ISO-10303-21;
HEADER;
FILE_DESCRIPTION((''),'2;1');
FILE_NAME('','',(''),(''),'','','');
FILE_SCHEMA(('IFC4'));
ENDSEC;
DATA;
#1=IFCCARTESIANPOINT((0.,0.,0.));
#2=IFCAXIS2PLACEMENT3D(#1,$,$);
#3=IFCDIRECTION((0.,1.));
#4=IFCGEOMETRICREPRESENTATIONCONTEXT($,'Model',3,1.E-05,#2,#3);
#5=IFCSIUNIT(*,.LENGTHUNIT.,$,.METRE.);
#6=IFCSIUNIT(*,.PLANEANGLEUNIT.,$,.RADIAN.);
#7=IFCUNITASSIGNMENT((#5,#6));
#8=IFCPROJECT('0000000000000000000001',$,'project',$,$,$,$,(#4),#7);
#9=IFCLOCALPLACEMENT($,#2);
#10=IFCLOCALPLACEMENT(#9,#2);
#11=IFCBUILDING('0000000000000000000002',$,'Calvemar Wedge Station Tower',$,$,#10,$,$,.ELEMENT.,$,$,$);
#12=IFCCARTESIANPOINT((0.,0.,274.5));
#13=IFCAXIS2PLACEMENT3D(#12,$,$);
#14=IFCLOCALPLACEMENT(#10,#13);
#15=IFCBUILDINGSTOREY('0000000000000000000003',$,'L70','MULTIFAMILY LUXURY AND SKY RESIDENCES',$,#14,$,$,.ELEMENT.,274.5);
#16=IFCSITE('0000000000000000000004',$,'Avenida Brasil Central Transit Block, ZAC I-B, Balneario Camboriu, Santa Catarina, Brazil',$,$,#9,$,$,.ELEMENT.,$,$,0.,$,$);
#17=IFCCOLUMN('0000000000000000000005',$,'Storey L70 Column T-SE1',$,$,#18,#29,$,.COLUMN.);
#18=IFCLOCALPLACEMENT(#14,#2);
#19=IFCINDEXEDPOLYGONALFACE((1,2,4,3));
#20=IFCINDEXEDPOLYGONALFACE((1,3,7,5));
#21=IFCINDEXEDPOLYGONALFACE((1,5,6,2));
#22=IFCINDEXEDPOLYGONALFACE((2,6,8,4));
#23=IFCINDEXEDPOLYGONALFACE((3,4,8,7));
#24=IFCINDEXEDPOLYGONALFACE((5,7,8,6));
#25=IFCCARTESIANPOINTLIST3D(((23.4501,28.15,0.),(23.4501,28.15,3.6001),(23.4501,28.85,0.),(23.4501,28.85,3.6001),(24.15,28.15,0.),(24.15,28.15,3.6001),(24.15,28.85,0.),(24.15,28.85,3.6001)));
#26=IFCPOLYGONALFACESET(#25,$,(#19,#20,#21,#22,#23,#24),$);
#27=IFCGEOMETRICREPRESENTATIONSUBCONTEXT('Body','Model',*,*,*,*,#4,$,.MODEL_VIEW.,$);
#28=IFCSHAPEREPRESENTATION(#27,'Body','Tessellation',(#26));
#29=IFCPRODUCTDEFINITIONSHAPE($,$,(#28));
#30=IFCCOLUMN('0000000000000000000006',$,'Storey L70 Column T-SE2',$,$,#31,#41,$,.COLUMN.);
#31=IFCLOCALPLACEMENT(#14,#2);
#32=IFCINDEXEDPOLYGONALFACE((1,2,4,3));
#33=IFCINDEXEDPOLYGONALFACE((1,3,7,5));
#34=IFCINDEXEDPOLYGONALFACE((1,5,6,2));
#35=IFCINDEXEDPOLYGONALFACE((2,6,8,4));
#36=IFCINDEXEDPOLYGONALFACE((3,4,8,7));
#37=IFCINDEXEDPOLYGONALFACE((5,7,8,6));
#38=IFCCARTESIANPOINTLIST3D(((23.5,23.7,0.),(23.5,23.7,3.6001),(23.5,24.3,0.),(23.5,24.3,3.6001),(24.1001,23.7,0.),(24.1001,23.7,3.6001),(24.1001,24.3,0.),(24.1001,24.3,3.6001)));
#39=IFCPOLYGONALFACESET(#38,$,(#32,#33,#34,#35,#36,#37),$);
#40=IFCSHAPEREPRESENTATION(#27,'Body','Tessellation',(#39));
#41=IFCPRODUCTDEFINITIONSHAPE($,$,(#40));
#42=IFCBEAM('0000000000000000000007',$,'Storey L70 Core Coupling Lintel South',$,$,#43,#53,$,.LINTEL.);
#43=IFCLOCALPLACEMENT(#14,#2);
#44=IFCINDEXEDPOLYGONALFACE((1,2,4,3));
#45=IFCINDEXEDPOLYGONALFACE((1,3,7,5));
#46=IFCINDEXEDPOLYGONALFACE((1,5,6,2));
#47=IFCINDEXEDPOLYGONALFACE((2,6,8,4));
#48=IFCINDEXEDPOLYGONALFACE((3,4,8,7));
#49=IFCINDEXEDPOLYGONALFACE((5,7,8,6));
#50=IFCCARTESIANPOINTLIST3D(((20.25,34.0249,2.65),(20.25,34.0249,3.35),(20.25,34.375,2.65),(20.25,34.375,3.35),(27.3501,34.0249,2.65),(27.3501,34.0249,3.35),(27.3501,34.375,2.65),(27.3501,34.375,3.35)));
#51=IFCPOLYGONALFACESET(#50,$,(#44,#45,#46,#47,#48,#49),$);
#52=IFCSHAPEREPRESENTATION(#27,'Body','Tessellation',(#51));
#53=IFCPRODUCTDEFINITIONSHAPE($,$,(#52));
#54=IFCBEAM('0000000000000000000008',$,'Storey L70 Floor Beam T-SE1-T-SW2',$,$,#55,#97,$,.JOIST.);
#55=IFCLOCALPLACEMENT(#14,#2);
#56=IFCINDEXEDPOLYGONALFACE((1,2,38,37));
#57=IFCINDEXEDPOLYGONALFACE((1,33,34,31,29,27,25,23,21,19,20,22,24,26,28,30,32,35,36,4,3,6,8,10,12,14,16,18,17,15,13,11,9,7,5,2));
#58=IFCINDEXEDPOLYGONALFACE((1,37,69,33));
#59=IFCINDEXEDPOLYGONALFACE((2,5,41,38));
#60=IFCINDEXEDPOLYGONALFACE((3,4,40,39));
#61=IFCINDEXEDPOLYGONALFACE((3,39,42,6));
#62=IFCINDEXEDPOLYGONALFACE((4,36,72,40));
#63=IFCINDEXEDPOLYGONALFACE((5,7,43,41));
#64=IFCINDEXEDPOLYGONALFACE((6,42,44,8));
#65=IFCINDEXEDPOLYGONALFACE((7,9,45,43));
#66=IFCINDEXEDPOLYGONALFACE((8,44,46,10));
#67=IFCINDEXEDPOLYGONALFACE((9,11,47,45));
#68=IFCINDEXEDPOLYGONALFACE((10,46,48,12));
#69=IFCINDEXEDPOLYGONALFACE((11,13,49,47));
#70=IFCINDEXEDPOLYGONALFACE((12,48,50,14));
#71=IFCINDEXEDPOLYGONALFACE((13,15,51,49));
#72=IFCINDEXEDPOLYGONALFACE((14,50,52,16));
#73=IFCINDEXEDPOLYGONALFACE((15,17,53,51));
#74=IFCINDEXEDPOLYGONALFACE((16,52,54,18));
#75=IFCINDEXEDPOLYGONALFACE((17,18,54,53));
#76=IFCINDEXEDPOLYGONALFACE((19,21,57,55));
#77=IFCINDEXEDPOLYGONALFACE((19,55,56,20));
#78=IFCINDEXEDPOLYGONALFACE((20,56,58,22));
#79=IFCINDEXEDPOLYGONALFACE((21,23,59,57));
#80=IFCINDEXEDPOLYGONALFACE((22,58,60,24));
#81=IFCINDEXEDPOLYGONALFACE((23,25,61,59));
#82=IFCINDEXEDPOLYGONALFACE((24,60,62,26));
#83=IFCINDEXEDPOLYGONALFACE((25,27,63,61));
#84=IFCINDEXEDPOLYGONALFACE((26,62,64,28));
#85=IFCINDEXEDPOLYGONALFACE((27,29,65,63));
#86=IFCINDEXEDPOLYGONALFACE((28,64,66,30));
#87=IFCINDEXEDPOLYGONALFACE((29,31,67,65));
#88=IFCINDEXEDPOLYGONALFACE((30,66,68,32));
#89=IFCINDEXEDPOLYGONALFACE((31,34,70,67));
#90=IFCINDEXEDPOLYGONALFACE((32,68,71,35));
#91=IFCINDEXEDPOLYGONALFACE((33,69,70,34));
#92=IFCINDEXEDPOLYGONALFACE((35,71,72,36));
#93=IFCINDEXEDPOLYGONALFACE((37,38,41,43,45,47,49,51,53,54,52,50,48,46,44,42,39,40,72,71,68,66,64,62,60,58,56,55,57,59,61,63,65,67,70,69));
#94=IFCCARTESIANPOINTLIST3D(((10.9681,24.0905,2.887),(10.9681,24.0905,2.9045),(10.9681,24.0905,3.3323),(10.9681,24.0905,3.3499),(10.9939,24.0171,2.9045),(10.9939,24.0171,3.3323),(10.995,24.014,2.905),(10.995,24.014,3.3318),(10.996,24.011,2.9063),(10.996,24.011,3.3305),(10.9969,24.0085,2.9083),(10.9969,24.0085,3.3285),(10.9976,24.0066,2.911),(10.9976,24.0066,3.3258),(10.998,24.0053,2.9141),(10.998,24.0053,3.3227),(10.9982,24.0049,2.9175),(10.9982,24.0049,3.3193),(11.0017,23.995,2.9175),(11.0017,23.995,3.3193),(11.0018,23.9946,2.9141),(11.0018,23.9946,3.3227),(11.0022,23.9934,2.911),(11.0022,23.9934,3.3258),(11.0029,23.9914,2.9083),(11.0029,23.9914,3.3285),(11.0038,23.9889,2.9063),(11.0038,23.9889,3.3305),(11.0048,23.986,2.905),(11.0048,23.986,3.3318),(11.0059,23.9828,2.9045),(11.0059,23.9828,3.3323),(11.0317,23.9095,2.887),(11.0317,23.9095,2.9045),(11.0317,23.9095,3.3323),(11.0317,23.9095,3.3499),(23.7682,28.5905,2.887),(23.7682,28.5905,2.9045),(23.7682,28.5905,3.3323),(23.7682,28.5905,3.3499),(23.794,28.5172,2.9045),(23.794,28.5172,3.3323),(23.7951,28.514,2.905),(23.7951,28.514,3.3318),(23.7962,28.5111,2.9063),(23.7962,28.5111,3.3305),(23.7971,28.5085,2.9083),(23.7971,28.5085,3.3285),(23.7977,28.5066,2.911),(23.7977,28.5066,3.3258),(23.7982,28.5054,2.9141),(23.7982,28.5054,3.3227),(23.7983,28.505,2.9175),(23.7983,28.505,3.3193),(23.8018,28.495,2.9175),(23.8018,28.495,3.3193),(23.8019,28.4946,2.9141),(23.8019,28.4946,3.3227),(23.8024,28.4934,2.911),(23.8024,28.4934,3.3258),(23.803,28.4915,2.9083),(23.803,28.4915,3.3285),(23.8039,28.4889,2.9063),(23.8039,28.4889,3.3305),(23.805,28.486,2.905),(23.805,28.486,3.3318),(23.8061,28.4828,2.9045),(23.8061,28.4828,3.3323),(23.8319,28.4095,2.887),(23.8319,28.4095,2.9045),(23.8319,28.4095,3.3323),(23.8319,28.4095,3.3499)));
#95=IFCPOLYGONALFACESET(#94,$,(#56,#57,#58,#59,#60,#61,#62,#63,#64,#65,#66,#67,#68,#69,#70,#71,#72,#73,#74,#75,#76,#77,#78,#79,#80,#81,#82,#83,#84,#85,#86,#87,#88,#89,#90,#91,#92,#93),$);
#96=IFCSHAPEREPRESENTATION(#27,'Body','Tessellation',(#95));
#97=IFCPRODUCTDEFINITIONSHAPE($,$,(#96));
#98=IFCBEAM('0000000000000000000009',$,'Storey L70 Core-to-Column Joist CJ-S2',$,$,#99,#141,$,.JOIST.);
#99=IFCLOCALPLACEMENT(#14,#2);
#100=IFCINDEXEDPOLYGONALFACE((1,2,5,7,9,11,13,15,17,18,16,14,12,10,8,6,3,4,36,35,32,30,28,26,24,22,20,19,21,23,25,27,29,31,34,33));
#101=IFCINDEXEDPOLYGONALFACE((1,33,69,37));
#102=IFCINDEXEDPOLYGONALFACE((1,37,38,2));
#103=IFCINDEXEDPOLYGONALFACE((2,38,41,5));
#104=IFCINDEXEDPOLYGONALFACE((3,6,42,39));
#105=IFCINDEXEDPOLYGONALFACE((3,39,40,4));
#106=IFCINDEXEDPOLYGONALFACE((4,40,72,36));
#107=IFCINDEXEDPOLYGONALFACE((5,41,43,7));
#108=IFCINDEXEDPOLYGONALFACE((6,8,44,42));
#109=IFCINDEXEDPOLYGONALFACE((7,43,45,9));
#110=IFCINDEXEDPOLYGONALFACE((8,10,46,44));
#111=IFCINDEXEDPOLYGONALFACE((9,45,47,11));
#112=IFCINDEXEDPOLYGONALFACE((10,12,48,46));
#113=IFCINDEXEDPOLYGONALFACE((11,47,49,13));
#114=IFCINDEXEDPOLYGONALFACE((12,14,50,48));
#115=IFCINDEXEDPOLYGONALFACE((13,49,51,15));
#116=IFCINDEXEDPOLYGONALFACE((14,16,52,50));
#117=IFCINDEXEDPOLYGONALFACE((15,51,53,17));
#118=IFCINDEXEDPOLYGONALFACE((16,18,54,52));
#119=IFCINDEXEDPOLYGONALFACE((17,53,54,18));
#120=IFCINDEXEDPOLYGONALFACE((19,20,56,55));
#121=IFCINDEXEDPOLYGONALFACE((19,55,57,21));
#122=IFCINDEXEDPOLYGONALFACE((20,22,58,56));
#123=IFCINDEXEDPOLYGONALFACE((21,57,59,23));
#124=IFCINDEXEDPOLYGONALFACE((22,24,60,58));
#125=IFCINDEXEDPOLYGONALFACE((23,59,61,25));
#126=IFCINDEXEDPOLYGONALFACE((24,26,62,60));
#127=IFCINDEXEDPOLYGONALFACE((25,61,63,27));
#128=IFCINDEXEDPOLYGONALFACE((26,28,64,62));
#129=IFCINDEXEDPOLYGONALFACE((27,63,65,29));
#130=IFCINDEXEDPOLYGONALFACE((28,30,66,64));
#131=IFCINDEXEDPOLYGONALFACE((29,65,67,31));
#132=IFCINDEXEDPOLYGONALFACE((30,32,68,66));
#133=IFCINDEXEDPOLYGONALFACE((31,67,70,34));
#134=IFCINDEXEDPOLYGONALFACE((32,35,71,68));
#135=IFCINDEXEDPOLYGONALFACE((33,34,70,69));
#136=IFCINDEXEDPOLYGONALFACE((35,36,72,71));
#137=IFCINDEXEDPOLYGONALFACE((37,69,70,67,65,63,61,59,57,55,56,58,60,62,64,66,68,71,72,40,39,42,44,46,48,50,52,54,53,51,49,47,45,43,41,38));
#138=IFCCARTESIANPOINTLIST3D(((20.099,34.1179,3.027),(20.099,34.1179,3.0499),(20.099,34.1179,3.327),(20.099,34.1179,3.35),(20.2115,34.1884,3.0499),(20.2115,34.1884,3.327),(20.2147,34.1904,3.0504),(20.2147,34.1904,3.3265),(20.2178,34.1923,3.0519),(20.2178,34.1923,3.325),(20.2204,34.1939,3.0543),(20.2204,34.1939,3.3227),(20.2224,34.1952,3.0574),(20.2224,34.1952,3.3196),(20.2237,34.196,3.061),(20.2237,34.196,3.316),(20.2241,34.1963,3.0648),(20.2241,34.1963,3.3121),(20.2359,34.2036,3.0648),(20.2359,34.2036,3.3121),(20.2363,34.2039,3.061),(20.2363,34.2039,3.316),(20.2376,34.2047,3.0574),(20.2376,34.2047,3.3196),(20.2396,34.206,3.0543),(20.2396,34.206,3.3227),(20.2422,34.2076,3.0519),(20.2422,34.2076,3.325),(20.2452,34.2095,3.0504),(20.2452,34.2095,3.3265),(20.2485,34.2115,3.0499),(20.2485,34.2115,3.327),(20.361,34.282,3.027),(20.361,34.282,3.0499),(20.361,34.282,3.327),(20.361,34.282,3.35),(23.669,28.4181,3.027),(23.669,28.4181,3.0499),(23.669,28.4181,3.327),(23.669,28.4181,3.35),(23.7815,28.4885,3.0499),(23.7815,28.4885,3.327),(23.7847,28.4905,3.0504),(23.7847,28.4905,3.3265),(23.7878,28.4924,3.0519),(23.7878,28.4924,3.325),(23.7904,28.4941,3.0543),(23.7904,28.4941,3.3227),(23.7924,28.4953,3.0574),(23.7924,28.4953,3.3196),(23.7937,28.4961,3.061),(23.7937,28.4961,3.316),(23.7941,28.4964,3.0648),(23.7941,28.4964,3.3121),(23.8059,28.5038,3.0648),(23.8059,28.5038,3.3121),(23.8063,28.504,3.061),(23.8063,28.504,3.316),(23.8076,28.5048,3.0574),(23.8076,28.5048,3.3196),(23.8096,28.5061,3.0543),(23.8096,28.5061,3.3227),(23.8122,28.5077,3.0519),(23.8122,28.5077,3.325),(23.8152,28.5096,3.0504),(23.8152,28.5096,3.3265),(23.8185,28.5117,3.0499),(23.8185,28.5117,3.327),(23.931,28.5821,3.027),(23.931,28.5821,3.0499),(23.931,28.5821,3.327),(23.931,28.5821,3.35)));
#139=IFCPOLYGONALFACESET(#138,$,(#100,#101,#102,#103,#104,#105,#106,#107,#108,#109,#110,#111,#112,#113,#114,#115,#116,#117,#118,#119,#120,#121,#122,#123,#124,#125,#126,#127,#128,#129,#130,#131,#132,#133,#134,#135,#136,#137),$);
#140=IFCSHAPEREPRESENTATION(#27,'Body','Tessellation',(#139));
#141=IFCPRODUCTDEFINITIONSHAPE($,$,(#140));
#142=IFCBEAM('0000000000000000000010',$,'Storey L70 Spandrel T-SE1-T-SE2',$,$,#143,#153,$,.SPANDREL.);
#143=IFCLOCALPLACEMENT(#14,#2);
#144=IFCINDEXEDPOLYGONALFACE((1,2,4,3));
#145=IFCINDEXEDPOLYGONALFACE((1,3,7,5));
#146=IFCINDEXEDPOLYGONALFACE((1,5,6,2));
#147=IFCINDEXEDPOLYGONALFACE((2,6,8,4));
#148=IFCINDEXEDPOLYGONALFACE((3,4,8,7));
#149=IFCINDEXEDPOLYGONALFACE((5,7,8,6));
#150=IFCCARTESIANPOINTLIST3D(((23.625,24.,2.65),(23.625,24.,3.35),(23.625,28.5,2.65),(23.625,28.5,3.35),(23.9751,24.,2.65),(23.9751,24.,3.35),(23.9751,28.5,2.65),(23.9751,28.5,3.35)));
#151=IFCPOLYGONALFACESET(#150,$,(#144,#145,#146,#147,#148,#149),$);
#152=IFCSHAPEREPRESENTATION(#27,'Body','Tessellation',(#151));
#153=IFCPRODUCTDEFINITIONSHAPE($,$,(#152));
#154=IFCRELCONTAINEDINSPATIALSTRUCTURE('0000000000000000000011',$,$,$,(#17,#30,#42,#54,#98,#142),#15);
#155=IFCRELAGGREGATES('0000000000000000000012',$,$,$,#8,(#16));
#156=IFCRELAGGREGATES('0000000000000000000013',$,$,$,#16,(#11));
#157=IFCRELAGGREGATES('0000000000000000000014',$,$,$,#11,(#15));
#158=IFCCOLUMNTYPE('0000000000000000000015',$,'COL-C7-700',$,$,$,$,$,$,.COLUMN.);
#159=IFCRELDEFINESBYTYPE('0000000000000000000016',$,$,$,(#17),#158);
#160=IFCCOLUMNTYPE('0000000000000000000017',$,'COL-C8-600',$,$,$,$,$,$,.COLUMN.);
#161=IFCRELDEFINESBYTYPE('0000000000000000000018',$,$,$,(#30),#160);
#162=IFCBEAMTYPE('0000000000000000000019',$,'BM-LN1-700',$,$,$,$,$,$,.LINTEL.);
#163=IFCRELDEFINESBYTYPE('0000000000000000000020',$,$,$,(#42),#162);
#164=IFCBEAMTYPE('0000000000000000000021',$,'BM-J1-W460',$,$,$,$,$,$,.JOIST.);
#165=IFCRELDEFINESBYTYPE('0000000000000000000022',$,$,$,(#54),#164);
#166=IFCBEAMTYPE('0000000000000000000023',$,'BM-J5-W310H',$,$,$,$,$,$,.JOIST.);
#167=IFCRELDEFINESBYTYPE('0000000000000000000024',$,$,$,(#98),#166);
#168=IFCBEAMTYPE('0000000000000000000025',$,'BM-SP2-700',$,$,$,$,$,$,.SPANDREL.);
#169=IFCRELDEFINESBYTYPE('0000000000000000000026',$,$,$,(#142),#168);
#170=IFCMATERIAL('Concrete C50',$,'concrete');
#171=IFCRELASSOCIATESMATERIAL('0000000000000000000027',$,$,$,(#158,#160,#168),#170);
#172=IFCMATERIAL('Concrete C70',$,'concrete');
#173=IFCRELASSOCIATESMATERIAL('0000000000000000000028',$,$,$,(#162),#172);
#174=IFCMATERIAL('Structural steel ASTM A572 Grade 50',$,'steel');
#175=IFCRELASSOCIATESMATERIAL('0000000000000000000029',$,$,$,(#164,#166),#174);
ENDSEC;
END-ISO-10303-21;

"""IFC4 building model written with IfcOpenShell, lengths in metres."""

from ifc_helpers import new_model, si_unit, direction, frame, origin, origin_2d, place, context, subcontext, project, spatial, rectangle, i_section, extrude, source, transform, mapped, material, material_profile, profile_set, type_object, element, save


model = new_model("IFC4")

# Units and contexts
model_context = context("Model", 3, precision=1e-05, world=origin(), true_north=direction((0.0, 1.0)))
body_context = subcontext(model_context, "Body", "Model", "MODEL_VIEW")
ifc_project = project(units=[si_unit("LENGTHUNIT", "METRE"), si_unit("PLANEANGLEUNIT", "RADIAN")], contexts=[model_context])

# Site, building, storey
site_placement = place(None, origin())
site = spatial("IfcSite", under=ifc_project, at=site_placement, Name="Avenida Brasil Central Transit Block, ZAC I-B, Balneario Camboriu, Santa Catarina, Brazil", CompositionType="ELEMENT", RefElevation=0.0)
building_placement = place(site_placement, origin())
building = spatial("IfcBuilding", under=site, at=building_placement, Name="Calvemar Wedge Station Tower", CompositionType="ELEMENT")
storey_placement = place(building_placement, frame((0.0, 0.0, 274.5)))
storey = spatial("IfcBuildingStorey", under=building, at=storey_placement, Name="L70", Description="MULTIFAMILY LUXURY AND SKY RESIDENCES", CompositionType="ELEMENT", Elevation=274.5)

# Columns
ifc_material_1 = material(Name="Concrete C50", Category="concrete")
ifc_material_profile_1 = material_profile(ifc_material_1, rectangle(XDim=0.7, YDim=0.7, at=origin_2d()), Name="RC700x700")
ifc_profile_set_1 = profile_set([ifc_material_profile_1], Name="Concrete C50")
column_type_1 = type_object("IfcColumnType", Name="COL-C7-700", PredefinedType="COLUMN", material=ifc_profile_set_1)
shared_shape_1 = source(origin(), body_context, "Body", "SweptSolid", [
    extrude(rectangle(XDim=0.7, YDim=0.7, at=origin_2d()), origin(), (0.0, 0.0, 1.0), 3.6001),
])
column_1_placement = place(storey_placement, frame((23.8, 28.5, 0.0), z_axis=(0.0, 0.0, 1.0), x_axis=(1.0, 0.0, 0.0)))
element("IfcColumn", 1, at=column_1_placement, inside=storey, type_object=column_type_1, Name="Storey L70 Column T-SE1", PredefinedType="COLUMN", context=body_context, shape_type="MappedRepresentation", body=[
    mapped(shared_shape_1, transform((0.0, 0.0, 0.0), scale=1.0)),
])
ifc_material_profile_2 = material_profile(ifc_material_1, rectangle(XDim=0.6001, YDim=0.6001, at=origin_2d()), Name="RC600x600")
ifc_profile_set_2 = profile_set([ifc_material_profile_2], Name="Concrete C50")
column_type_2 = type_object("IfcColumnType", Name="COL-C8-600", PredefinedType="COLUMN", material=ifc_profile_set_2)
shared_shape_2 = source(origin(), body_context, "Body", "SweptSolid", [
    extrude(rectangle(XDim=0.6001, YDim=0.6001, at=origin_2d()), origin(), (0.0, 0.0, 1.0), 3.6001),
])
column_2_placement = place(storey_placement, frame((23.8, 24.0, 0.0), z_axis=(0.0, 0.0, 1.0), x_axis=(1.0, 0.0, 0.0)))
element("IfcColumn", 2, at=column_2_placement, inside=storey, type_object=column_type_2, Name="Storey L70 Column T-SE2", PredefinedType="COLUMN", context=body_context, shape_type="MappedRepresentation", body=[
    mapped(shared_shape_2, transform((0.0, 0.0, 0.0), scale=1.0)),
])

# Beams
ifc_material_2 = material(Name="Concrete C70", Category="concrete")
ifc_material_profile_3 = material_profile(ifc_material_2, rectangle(XDim=0.3501, YDim=0.7, at=origin_2d()), Name="RC350x700")
ifc_profile_set_3 = profile_set([ifc_material_profile_3], Name="Concrete C70")
beam_type_1 = type_object("IfcBeamType", Name="BM-LN1-700", PredefinedType="LINTEL", material=ifc_profile_set_3)
shared_shape_3 = source(origin(), body_context, "Body", "SweptSolid", [
    extrude(rectangle(XDim=0.3501, YDim=0.7, at=origin_2d()), origin(), (0.0, 0.0, 1.0), 7.1001),
])
beam_1_placement = place(storey_placement, frame((20.25, 34.2, 3.0), z_axis=(1.0, 0.0, 0.0), x_axis=(0.0, 1.0, 0.0)))
element("IfcBeam", 3, at=beam_1_placement, inside=storey, type_object=beam_type_1, Name="Storey L70 Core Coupling Lintel South", PredefinedType="LINTEL", context=body_context, shape_type="MappedRepresentation", body=[
    mapped(shared_shape_3, transform((0.0, 0.0, 0.0), scale=1.0)),
])
ifc_material_3 = material(Name="Structural steel ASTM A572 Grade 50", Category="steel")
ifc_material_profile_4 = material_profile(ifc_material_3, i_section(OverallWidth=0.1919, OverallDepth=0.4629, WebThickness=0.0105, FlangeThickness=0.0176, FilletRadius=0.0129, at=origin_2d()), Name="W460x89")
ifc_profile_set_4 = profile_set([ifc_material_profile_4], Name="Structural steel ASTM A572 Grade 50")
beam_type_2 = type_object("IfcBeamType", Name="BM-J1-W460", PredefinedType="JOIST", material=ifc_profile_set_4)
shared_shape_4 = source(origin(), body_context, "Body", "SweptSolid", [
    extrude(i_section(OverallWidth=0.1919, OverallDepth=0.4629, WebThickness=0.0105, FlangeThickness=0.0176, FilletRadius=0.0129, at=origin_2d()), origin(), (0.0, 0.0, 1.0), 13.5681),
])
beam_2_placement = place(storey_placement, frame((23.8, 28.5, 3.1184), z_axis=(-0.943398, -0.331662, 0.0), x_axis=(0.331662, -0.943398, 0.0)))
element("IfcBeam", 4, at=beam_2_placement, inside=storey, type_object=beam_type_2, Name="Storey L70 Floor Beam T-SE1-T-SW2", PredefinedType="JOIST", context=body_context, shape_type="MappedRepresentation", body=[
    mapped(shared_shape_4, transform((0.0, 0.0, 0.0), scale=1.0)),
])
ifc_material_profile_5 = material_profile(ifc_material_3, i_section(OverallWidth=0.3091, OverallDepth=0.323, WebThickness=0.0139, FlangeThickness=0.0229, FilletRadius=0.0149, at=origin_2d()), Name="W310x143")
ifc_profile_set_5 = profile_set([ifc_material_profile_5], Name="Structural steel ASTM A572 Grade 50")
beam_type_3 = type_object("IfcBeamType", Name="BM-J5-W310H", PredefinedType="JOIST", material=ifc_profile_set_5)
shared_shape_5 = source(origin(), body_context, "Body", "SweptSolid", [
    extrude(i_section(OverallWidth=0.3091, OverallDepth=0.323, WebThickness=0.0139, FlangeThickness=0.0229, FilletRadius=0.0149, at=origin_2d()), origin(), (0.0, 0.0, 1.0), 6.7256),
])
beam_3_placement = place(storey_placement, frame((20.23, 34.2, 3.1885), z_axis=(0.530811, -0.84749, 0.0), x_axis=(0.84749, 0.530811, 0.0)))
element("IfcBeam", 5, at=beam_3_placement, inside=storey, type_object=beam_type_3, Name="Storey L70 Core-to-Column Joist CJ-S2", PredefinedType="JOIST", context=body_context, shape_type="MappedRepresentation", body=[
    mapped(shared_shape_5, transform((0.0, 0.0, 0.0), scale=1.0)),
])
ifc_material_profile_6 = material_profile(ifc_material_1, rectangle(XDim=0.3501, YDim=0.7, at=origin_2d()), Name="RC350x700")
ifc_profile_set_6 = profile_set([ifc_material_profile_6], Name="Concrete C50")
beam_type_4 = type_object("IfcBeamType", Name="BM-SP2-700", PredefinedType="SPANDREL", material=ifc_profile_set_6)
shared_shape_6 = source(origin(), body_context, "Body", "SweptSolid", [
    extrude(rectangle(XDim=0.3501, YDim=0.7, at=origin_2d()), origin(), (0.0, 0.0, 1.0), 4.5),
])
beam_4_placement = place(storey_placement, frame((23.8, 28.5, 3.0), z_axis=(0.0, -1.0, 0.0), x_axis=(1.0, 0.0, 0.0)))
element("IfcBeam", 6, at=beam_4_placement, inside=storey, type_object=beam_type_4, Name="Storey L70 Spandrel T-SE1-T-SE2", PredefinedType="SPANDREL", context=body_context, shape_type="MappedRepresentation", body=[
    mapped(shared_shape_6, transform((0.0, 0.0, 0.0), scale=1.0)),
])

save(model, "model.ifc")
